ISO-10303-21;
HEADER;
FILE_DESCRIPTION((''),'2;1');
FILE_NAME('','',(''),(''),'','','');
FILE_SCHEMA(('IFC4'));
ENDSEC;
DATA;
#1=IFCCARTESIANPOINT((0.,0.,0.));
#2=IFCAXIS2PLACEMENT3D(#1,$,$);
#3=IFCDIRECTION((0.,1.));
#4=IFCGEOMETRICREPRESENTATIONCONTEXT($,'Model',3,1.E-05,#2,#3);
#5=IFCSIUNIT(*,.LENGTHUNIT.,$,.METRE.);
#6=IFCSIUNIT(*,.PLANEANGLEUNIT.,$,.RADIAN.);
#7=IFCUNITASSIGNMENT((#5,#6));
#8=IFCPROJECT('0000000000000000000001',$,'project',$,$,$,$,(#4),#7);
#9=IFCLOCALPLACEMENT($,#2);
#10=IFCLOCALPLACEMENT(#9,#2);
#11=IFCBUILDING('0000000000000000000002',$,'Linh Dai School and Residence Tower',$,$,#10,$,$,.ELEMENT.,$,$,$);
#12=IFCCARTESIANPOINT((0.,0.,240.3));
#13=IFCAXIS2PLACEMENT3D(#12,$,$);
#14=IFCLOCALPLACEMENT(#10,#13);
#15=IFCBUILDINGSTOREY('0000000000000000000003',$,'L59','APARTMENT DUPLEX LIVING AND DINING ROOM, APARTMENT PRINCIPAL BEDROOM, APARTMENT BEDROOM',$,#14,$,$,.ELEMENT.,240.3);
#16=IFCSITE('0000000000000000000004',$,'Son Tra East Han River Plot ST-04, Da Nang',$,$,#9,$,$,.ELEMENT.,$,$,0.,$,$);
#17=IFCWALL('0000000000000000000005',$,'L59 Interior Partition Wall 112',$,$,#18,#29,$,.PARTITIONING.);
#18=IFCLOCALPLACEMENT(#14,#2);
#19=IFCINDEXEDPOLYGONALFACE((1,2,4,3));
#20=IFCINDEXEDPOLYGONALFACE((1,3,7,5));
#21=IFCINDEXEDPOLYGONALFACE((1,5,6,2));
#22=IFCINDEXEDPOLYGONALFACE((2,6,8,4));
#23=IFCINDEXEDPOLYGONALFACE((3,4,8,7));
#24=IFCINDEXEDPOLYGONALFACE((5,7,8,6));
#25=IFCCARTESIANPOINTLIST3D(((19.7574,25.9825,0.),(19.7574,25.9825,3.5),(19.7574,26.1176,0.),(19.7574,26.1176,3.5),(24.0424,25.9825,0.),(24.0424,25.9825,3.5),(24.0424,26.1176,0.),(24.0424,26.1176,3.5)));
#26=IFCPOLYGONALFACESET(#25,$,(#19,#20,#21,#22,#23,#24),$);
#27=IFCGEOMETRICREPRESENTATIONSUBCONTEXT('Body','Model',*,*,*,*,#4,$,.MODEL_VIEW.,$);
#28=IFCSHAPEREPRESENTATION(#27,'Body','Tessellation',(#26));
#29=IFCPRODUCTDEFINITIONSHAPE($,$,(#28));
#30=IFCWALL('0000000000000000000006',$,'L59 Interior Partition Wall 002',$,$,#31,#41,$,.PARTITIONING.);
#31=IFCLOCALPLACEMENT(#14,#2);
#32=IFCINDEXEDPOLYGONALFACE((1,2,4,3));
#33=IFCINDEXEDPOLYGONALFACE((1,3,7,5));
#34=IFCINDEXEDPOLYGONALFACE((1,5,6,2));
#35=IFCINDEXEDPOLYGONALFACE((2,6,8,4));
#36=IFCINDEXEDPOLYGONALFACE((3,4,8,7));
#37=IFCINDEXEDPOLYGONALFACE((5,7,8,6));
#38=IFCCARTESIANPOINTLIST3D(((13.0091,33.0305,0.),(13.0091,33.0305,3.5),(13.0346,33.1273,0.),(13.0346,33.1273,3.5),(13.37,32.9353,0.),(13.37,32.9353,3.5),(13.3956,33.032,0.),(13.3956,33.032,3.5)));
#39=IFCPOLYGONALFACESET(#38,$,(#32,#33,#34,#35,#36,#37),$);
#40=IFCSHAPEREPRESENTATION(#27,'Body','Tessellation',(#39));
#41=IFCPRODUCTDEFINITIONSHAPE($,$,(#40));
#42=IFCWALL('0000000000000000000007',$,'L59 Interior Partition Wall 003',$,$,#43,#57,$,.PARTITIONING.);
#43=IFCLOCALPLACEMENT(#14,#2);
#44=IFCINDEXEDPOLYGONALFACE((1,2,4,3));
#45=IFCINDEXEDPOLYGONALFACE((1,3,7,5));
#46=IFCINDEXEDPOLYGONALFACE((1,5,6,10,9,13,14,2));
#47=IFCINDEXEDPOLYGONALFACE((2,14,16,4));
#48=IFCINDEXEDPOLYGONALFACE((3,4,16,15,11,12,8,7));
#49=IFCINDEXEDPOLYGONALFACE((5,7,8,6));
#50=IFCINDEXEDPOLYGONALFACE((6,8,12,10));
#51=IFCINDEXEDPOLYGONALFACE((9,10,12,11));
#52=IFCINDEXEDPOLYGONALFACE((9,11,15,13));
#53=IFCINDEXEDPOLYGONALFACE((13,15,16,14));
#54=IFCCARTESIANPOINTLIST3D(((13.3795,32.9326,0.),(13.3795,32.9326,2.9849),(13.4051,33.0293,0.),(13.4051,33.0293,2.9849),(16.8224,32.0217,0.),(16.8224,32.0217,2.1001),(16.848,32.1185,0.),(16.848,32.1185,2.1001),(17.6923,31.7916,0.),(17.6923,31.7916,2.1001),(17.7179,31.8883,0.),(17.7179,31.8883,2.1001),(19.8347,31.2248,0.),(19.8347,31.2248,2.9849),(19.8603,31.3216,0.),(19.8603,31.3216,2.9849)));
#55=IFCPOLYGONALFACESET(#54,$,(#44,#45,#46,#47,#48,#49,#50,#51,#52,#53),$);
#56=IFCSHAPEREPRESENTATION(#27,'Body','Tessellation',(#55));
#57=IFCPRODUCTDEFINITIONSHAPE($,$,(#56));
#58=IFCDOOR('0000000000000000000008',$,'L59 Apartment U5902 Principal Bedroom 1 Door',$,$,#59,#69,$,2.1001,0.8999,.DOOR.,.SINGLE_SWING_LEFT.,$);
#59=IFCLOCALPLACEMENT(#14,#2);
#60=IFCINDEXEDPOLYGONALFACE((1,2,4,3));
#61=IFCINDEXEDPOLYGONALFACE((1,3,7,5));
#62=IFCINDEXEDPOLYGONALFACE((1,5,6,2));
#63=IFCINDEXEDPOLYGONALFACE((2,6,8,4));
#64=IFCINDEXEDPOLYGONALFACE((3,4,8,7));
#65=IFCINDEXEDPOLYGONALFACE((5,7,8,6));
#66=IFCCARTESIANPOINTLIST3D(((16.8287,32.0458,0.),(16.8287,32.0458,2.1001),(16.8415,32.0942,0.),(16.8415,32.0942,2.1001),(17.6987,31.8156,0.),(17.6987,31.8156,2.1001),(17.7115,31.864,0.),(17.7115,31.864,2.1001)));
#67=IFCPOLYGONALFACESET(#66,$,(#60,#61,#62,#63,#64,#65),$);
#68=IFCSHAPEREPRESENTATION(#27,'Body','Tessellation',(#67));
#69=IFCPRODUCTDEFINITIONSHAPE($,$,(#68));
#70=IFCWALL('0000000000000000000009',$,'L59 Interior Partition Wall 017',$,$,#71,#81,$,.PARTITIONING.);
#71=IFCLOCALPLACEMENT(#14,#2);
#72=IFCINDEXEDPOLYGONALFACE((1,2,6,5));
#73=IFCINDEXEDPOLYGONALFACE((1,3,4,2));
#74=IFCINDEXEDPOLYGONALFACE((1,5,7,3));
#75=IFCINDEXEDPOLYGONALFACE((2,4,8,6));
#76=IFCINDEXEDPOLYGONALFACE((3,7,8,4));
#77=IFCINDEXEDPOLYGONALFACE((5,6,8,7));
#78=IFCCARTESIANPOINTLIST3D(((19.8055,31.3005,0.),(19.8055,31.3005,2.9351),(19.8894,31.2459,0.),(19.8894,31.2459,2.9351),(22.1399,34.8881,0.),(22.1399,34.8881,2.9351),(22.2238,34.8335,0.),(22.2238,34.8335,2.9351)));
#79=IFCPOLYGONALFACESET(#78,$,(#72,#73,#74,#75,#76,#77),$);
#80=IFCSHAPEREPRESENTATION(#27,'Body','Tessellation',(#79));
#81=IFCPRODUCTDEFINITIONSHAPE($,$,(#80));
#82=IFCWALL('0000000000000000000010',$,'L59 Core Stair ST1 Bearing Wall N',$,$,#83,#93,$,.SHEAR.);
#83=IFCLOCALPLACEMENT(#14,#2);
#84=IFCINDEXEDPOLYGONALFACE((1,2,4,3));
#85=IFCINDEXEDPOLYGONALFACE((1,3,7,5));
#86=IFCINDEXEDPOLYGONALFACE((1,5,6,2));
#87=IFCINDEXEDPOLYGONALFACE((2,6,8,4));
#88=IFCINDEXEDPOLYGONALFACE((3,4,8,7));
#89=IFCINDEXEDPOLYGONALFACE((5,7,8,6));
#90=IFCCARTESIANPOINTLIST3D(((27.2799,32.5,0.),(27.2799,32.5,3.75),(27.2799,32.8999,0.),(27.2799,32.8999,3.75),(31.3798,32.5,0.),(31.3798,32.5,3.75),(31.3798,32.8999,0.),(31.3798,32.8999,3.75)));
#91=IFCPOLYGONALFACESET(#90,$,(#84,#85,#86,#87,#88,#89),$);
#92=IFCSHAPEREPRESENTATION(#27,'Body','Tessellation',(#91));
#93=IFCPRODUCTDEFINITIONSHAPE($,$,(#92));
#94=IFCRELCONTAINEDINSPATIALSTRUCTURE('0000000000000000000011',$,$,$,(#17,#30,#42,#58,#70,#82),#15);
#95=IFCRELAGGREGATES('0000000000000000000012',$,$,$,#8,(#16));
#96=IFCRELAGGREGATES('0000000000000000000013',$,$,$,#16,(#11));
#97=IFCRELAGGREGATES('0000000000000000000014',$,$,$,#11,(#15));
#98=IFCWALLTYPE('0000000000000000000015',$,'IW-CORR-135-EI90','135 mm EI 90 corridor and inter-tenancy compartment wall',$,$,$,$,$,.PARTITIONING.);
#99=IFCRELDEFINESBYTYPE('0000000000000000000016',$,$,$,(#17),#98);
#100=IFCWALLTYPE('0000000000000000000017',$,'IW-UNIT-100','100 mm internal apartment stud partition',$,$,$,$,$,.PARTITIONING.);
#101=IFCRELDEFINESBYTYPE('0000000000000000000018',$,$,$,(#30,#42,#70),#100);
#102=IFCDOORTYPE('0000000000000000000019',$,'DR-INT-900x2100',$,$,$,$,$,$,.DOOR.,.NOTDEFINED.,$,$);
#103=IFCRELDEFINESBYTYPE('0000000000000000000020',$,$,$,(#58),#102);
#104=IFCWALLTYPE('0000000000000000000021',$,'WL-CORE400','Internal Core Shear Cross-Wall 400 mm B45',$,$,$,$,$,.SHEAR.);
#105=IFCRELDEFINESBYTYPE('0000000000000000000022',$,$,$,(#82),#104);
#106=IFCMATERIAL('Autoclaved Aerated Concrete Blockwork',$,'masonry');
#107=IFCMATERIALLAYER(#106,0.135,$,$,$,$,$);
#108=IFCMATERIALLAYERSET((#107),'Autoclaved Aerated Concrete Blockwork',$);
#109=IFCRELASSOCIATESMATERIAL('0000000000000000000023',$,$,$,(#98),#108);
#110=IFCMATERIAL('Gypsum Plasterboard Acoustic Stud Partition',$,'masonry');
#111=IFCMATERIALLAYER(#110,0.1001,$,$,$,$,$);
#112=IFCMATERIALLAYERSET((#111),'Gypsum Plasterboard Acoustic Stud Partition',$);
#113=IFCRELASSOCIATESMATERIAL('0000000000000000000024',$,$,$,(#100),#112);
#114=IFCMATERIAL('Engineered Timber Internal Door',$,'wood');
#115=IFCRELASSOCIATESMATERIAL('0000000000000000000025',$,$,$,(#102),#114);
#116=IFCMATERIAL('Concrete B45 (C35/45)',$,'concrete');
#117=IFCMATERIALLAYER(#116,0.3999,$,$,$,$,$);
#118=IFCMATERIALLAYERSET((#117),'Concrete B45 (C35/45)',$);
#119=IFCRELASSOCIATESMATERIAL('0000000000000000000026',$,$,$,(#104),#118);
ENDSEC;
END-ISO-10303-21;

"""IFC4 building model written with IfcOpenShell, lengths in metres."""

from ifc_helpers import new_model, si_unit, direction, frame, frame_2d, origin, origin_2d, place, context, subcontext, project, spatial, rectangle, extrude, source, transform, mapped, material, layer, layer_set, type_object, element, fill, save


model = new_model("IFC4")

# Units and contexts
model_context = context("Model", 3, precision=1e-05, world=origin(), true_north=direction((0.0, 1.0)))
body_context = subcontext(model_context, "Body", "Model", "MODEL_VIEW")
ifc_project = project(units=[si_unit("LENGTHUNIT", "METRE"), si_unit("PLANEANGLEUNIT", "RADIAN")], contexts=[model_context])

# Site, building, storey
site_placement = place(None, origin())
site = spatial("IfcSite", under=ifc_project, at=site_placement, Name="Son Tra East Han River Plot ST-04, Da Nang", CompositionType="ELEMENT", RefElevation=0.0)
building_placement = place(site_placement, origin())
building = spatial("IfcBuilding", under=site, at=building_placement, Name="Linh Dai School and Residence Tower", CompositionType="ELEMENT")
storey_placement = place(building_placement, frame((0.0, 0.0, 240.3)))
storey = spatial("IfcBuildingStorey", under=building, at=storey_placement, Name="L59", Description="APARTMENT DUPLEX LIVING AND DINING ROOM, APARTMENT PRINCIPAL BEDROOM, APARTMENT BEDROOM", CompositionType="ELEMENT", Elevation=240.3)

# Shared definitions
ifc_material_1 = material(Name="Concrete B45 (C35/45)", Category="concrete")

# Shared definitions
ifc_material_2 = material(Name="Autoclaved Aerated Concrete Blockwork", Category="masonry")
ifc_layer_1 = layer(ifc_material_2, 0.135)
ifc_layer_set_1 = layer_set([ifc_layer_1], Name="Autoclaved Aerated Concrete Blockwork")
wall_type_1 = type_object("IfcWallType", Name="IW-CORR-135-EI90", Description="135 mm EI 90 corridor and inter-tenancy compartment wall", PredefinedType="PARTITIONING", material=ifc_layer_set_1)

# Walls
wall_1_placement = place(storey_placement, frame((24.0425, 26.05, 0.0), z_axis=(0.0, 0.0, 1.0), x_axis=(-1.0, 0.0, 0.0)))
element("IfcWall", 1, at=wall_1_placement, inside=storey, type_object=wall_type_1, Name="L59 Interior Partition Wall 112", PredefinedType="PARTITIONING", context=body_context, shape_type="SweptSolid", body=[
    extrude(rectangle(XDim=4.2849, YDim=0.135, at=frame_2d((2.1426, 0.0))), origin(), (0.0, 0.0, 1.0), 3.5),
])
ifc_material_3 = material(Name="Gypsum Plasterboard Acoustic Stud Partition", Category="masonry")
ifc_layer_2 = layer(ifc_material_3, 0.1001)
ifc_layer_set_2 = layer_set([ifc_layer_2], Name="Gypsum Plasterboard Acoustic Stud Partition")
wall_type_2 = type_object("IfcWallType", Name="IW-UNIT-100", Description="100 mm internal apartment stud partition", PredefinedType="PARTITIONING", material=ifc_layer_set_2)
wall_2_placement = place(storey_placement, frame((13.022, 33.0789, 0.0), z_axis=(0.0, 0.0, 1.0), x_axis=(0.966905, -0.255137, 0.0)))
element("IfcWall", 2, at=wall_2_placement, inside=storey, type_object=wall_type_2, Name="L59 Interior Partition Wall 002", PredefinedType="PARTITIONING", context=body_context, shape_type="SweptSolid", body=[
    extrude(rectangle(XDim=0.3733, YDim=0.1001, at=frame_2d((0.1865, 0.0))), origin(), (0.0, 0.0, 1.0), 3.5),
])

# Wall, opening, door
wall_3_placement = place(storey_placement, frame((13.3923, 32.981, 0.0), z_axis=(0.0, 0.0, 1.0), x_axis=(0.96674, -0.255762, 0.0)))
wall_3 = element("IfcWall", 3, at=wall_3_placement, inside=storey, type_object=wall_type_2, Name="L59 Interior Partition Wall 003", PredefinedType="PARTITIONING", context=body_context, shape_type="SweptSolid", body=[
    extrude(rectangle(XDim=6.6772, YDim=0.1001, at=frame_2d((3.3386, 0.0))), origin(), (0.0, 0.0, 1.0), 2.9849),
])
opening_1_placement = place(wall_3_placement, frame((3.5613, 0.0, 0.0)))
opening_1 = element("IfcOpeningElement", 4, at=opening_1_placement, cuts=wall_3, PredefinedType="OPENING", context=body_context, shape_type="SweptSolid", body=[
    extrude(rectangle(XDim=0.8999, YDim=2.1001, at=origin_2d()), frame((0.45, 0.0601, 1.05), z_axis=(0.0, -1.0, 0.0), x_axis=(1.0, 0.0, 0.0)), (0.0, 0.0, 1.0), 0.1201),
])
ifc_material_4 = material(Name="Engineered Timber Internal Door", Category="wood")
door_type_1 = type_object("IfcDoorType", Name="DR-INT-900x2100", OperationType="NOTDEFINED", PredefinedType="DOOR", material=ifc_material_4)
shared_shape_1 = source(origin(), body_context, "Body", "SweptSolid", [
    extrude(rectangle(XDim=0.8999, YDim=2.1001, at=origin_2d()), frame((0.45, 0.0249, 1.05), z_axis=(0.0, -1.0, 0.0), x_axis=(1.0, 0.0, 0.0)), (0.0, 0.0, 1.0), 0.05),
])
door_1_placement = place(opening_1_placement, origin())
door_1 = element("IfcDoor", 5, at=door_1_placement, inside=storey, type_object=door_type_1, Name="L59 Apartment U5902 Principal Bedroom 1 Door", OperationType="SINGLE_SWING_LEFT", OverallHeight=2.1001, OverallWidth=0.8999, PredefinedType="DOOR", context=body_context, shape_type="MappedRepresentation", body=[
    mapped(shared_shape_1, transform((0.0, 0.0, 0.0), x_axis=(1.0, 0.0, 0.0), y_axis=(0.0, 1.0, 0.0), z_axis=(0.0, 0.0, 1.0), scale=1.0)),
])
fill(opening_1, door_1)

# Walls
wall_4_placement = place(storey_placement, frame((19.8474, 31.2732, 0.0), z_axis=(0.0, 0.0, 1.0), x_axis=(0.545399, 0.838176, 0.0)))
element("IfcWall", 6, at=wall_4_placement, inside=storey, type_object=wall_type_2, Name="L59 Interior Partition Wall 017", PredefinedType="PARTITIONING", context=body_context, shape_type="SweptSolid", body=[
    extrude(rectangle(XDim=4.2803, YDim=0.1001, at=frame_2d((2.1401, 0.0))), origin(), (0.0, 0.0, 1.0), 2.9351),
])
ifc_layer_3 = layer(ifc_material_1, 0.3999)
ifc_layer_set_3 = layer_set([ifc_layer_3], Name="Concrete B45 (C35/45)")
wall_type_3 = type_object("IfcWallType", Name="WL-CORE400", Description="Internal Core Shear Cross-Wall 400 mm B45", PredefinedType="SHEAR", material=ifc_layer_set_3)
wall_5_placement = place(storey_placement, frame((27.28, 32.7, 0.0), z_axis=(0.0, 0.0, 1.0), x_axis=(1.0, 0.0, 0.0)))
element("IfcWall", 7, at=wall_5_placement, inside=storey, type_object=wall_type_3, Name="L59 Core Stair ST1 Bearing Wall N", PredefinedType="SHEAR", context=body_context, shape_type="SweptSolid", body=[
    extrude(rectangle(XDim=4.0999, YDim=0.3999, at=frame_2d((2.0498, 0.0))), origin(), (0.0, 0.0, 1.0), 3.75),
])

save(model, "model.ifc")
